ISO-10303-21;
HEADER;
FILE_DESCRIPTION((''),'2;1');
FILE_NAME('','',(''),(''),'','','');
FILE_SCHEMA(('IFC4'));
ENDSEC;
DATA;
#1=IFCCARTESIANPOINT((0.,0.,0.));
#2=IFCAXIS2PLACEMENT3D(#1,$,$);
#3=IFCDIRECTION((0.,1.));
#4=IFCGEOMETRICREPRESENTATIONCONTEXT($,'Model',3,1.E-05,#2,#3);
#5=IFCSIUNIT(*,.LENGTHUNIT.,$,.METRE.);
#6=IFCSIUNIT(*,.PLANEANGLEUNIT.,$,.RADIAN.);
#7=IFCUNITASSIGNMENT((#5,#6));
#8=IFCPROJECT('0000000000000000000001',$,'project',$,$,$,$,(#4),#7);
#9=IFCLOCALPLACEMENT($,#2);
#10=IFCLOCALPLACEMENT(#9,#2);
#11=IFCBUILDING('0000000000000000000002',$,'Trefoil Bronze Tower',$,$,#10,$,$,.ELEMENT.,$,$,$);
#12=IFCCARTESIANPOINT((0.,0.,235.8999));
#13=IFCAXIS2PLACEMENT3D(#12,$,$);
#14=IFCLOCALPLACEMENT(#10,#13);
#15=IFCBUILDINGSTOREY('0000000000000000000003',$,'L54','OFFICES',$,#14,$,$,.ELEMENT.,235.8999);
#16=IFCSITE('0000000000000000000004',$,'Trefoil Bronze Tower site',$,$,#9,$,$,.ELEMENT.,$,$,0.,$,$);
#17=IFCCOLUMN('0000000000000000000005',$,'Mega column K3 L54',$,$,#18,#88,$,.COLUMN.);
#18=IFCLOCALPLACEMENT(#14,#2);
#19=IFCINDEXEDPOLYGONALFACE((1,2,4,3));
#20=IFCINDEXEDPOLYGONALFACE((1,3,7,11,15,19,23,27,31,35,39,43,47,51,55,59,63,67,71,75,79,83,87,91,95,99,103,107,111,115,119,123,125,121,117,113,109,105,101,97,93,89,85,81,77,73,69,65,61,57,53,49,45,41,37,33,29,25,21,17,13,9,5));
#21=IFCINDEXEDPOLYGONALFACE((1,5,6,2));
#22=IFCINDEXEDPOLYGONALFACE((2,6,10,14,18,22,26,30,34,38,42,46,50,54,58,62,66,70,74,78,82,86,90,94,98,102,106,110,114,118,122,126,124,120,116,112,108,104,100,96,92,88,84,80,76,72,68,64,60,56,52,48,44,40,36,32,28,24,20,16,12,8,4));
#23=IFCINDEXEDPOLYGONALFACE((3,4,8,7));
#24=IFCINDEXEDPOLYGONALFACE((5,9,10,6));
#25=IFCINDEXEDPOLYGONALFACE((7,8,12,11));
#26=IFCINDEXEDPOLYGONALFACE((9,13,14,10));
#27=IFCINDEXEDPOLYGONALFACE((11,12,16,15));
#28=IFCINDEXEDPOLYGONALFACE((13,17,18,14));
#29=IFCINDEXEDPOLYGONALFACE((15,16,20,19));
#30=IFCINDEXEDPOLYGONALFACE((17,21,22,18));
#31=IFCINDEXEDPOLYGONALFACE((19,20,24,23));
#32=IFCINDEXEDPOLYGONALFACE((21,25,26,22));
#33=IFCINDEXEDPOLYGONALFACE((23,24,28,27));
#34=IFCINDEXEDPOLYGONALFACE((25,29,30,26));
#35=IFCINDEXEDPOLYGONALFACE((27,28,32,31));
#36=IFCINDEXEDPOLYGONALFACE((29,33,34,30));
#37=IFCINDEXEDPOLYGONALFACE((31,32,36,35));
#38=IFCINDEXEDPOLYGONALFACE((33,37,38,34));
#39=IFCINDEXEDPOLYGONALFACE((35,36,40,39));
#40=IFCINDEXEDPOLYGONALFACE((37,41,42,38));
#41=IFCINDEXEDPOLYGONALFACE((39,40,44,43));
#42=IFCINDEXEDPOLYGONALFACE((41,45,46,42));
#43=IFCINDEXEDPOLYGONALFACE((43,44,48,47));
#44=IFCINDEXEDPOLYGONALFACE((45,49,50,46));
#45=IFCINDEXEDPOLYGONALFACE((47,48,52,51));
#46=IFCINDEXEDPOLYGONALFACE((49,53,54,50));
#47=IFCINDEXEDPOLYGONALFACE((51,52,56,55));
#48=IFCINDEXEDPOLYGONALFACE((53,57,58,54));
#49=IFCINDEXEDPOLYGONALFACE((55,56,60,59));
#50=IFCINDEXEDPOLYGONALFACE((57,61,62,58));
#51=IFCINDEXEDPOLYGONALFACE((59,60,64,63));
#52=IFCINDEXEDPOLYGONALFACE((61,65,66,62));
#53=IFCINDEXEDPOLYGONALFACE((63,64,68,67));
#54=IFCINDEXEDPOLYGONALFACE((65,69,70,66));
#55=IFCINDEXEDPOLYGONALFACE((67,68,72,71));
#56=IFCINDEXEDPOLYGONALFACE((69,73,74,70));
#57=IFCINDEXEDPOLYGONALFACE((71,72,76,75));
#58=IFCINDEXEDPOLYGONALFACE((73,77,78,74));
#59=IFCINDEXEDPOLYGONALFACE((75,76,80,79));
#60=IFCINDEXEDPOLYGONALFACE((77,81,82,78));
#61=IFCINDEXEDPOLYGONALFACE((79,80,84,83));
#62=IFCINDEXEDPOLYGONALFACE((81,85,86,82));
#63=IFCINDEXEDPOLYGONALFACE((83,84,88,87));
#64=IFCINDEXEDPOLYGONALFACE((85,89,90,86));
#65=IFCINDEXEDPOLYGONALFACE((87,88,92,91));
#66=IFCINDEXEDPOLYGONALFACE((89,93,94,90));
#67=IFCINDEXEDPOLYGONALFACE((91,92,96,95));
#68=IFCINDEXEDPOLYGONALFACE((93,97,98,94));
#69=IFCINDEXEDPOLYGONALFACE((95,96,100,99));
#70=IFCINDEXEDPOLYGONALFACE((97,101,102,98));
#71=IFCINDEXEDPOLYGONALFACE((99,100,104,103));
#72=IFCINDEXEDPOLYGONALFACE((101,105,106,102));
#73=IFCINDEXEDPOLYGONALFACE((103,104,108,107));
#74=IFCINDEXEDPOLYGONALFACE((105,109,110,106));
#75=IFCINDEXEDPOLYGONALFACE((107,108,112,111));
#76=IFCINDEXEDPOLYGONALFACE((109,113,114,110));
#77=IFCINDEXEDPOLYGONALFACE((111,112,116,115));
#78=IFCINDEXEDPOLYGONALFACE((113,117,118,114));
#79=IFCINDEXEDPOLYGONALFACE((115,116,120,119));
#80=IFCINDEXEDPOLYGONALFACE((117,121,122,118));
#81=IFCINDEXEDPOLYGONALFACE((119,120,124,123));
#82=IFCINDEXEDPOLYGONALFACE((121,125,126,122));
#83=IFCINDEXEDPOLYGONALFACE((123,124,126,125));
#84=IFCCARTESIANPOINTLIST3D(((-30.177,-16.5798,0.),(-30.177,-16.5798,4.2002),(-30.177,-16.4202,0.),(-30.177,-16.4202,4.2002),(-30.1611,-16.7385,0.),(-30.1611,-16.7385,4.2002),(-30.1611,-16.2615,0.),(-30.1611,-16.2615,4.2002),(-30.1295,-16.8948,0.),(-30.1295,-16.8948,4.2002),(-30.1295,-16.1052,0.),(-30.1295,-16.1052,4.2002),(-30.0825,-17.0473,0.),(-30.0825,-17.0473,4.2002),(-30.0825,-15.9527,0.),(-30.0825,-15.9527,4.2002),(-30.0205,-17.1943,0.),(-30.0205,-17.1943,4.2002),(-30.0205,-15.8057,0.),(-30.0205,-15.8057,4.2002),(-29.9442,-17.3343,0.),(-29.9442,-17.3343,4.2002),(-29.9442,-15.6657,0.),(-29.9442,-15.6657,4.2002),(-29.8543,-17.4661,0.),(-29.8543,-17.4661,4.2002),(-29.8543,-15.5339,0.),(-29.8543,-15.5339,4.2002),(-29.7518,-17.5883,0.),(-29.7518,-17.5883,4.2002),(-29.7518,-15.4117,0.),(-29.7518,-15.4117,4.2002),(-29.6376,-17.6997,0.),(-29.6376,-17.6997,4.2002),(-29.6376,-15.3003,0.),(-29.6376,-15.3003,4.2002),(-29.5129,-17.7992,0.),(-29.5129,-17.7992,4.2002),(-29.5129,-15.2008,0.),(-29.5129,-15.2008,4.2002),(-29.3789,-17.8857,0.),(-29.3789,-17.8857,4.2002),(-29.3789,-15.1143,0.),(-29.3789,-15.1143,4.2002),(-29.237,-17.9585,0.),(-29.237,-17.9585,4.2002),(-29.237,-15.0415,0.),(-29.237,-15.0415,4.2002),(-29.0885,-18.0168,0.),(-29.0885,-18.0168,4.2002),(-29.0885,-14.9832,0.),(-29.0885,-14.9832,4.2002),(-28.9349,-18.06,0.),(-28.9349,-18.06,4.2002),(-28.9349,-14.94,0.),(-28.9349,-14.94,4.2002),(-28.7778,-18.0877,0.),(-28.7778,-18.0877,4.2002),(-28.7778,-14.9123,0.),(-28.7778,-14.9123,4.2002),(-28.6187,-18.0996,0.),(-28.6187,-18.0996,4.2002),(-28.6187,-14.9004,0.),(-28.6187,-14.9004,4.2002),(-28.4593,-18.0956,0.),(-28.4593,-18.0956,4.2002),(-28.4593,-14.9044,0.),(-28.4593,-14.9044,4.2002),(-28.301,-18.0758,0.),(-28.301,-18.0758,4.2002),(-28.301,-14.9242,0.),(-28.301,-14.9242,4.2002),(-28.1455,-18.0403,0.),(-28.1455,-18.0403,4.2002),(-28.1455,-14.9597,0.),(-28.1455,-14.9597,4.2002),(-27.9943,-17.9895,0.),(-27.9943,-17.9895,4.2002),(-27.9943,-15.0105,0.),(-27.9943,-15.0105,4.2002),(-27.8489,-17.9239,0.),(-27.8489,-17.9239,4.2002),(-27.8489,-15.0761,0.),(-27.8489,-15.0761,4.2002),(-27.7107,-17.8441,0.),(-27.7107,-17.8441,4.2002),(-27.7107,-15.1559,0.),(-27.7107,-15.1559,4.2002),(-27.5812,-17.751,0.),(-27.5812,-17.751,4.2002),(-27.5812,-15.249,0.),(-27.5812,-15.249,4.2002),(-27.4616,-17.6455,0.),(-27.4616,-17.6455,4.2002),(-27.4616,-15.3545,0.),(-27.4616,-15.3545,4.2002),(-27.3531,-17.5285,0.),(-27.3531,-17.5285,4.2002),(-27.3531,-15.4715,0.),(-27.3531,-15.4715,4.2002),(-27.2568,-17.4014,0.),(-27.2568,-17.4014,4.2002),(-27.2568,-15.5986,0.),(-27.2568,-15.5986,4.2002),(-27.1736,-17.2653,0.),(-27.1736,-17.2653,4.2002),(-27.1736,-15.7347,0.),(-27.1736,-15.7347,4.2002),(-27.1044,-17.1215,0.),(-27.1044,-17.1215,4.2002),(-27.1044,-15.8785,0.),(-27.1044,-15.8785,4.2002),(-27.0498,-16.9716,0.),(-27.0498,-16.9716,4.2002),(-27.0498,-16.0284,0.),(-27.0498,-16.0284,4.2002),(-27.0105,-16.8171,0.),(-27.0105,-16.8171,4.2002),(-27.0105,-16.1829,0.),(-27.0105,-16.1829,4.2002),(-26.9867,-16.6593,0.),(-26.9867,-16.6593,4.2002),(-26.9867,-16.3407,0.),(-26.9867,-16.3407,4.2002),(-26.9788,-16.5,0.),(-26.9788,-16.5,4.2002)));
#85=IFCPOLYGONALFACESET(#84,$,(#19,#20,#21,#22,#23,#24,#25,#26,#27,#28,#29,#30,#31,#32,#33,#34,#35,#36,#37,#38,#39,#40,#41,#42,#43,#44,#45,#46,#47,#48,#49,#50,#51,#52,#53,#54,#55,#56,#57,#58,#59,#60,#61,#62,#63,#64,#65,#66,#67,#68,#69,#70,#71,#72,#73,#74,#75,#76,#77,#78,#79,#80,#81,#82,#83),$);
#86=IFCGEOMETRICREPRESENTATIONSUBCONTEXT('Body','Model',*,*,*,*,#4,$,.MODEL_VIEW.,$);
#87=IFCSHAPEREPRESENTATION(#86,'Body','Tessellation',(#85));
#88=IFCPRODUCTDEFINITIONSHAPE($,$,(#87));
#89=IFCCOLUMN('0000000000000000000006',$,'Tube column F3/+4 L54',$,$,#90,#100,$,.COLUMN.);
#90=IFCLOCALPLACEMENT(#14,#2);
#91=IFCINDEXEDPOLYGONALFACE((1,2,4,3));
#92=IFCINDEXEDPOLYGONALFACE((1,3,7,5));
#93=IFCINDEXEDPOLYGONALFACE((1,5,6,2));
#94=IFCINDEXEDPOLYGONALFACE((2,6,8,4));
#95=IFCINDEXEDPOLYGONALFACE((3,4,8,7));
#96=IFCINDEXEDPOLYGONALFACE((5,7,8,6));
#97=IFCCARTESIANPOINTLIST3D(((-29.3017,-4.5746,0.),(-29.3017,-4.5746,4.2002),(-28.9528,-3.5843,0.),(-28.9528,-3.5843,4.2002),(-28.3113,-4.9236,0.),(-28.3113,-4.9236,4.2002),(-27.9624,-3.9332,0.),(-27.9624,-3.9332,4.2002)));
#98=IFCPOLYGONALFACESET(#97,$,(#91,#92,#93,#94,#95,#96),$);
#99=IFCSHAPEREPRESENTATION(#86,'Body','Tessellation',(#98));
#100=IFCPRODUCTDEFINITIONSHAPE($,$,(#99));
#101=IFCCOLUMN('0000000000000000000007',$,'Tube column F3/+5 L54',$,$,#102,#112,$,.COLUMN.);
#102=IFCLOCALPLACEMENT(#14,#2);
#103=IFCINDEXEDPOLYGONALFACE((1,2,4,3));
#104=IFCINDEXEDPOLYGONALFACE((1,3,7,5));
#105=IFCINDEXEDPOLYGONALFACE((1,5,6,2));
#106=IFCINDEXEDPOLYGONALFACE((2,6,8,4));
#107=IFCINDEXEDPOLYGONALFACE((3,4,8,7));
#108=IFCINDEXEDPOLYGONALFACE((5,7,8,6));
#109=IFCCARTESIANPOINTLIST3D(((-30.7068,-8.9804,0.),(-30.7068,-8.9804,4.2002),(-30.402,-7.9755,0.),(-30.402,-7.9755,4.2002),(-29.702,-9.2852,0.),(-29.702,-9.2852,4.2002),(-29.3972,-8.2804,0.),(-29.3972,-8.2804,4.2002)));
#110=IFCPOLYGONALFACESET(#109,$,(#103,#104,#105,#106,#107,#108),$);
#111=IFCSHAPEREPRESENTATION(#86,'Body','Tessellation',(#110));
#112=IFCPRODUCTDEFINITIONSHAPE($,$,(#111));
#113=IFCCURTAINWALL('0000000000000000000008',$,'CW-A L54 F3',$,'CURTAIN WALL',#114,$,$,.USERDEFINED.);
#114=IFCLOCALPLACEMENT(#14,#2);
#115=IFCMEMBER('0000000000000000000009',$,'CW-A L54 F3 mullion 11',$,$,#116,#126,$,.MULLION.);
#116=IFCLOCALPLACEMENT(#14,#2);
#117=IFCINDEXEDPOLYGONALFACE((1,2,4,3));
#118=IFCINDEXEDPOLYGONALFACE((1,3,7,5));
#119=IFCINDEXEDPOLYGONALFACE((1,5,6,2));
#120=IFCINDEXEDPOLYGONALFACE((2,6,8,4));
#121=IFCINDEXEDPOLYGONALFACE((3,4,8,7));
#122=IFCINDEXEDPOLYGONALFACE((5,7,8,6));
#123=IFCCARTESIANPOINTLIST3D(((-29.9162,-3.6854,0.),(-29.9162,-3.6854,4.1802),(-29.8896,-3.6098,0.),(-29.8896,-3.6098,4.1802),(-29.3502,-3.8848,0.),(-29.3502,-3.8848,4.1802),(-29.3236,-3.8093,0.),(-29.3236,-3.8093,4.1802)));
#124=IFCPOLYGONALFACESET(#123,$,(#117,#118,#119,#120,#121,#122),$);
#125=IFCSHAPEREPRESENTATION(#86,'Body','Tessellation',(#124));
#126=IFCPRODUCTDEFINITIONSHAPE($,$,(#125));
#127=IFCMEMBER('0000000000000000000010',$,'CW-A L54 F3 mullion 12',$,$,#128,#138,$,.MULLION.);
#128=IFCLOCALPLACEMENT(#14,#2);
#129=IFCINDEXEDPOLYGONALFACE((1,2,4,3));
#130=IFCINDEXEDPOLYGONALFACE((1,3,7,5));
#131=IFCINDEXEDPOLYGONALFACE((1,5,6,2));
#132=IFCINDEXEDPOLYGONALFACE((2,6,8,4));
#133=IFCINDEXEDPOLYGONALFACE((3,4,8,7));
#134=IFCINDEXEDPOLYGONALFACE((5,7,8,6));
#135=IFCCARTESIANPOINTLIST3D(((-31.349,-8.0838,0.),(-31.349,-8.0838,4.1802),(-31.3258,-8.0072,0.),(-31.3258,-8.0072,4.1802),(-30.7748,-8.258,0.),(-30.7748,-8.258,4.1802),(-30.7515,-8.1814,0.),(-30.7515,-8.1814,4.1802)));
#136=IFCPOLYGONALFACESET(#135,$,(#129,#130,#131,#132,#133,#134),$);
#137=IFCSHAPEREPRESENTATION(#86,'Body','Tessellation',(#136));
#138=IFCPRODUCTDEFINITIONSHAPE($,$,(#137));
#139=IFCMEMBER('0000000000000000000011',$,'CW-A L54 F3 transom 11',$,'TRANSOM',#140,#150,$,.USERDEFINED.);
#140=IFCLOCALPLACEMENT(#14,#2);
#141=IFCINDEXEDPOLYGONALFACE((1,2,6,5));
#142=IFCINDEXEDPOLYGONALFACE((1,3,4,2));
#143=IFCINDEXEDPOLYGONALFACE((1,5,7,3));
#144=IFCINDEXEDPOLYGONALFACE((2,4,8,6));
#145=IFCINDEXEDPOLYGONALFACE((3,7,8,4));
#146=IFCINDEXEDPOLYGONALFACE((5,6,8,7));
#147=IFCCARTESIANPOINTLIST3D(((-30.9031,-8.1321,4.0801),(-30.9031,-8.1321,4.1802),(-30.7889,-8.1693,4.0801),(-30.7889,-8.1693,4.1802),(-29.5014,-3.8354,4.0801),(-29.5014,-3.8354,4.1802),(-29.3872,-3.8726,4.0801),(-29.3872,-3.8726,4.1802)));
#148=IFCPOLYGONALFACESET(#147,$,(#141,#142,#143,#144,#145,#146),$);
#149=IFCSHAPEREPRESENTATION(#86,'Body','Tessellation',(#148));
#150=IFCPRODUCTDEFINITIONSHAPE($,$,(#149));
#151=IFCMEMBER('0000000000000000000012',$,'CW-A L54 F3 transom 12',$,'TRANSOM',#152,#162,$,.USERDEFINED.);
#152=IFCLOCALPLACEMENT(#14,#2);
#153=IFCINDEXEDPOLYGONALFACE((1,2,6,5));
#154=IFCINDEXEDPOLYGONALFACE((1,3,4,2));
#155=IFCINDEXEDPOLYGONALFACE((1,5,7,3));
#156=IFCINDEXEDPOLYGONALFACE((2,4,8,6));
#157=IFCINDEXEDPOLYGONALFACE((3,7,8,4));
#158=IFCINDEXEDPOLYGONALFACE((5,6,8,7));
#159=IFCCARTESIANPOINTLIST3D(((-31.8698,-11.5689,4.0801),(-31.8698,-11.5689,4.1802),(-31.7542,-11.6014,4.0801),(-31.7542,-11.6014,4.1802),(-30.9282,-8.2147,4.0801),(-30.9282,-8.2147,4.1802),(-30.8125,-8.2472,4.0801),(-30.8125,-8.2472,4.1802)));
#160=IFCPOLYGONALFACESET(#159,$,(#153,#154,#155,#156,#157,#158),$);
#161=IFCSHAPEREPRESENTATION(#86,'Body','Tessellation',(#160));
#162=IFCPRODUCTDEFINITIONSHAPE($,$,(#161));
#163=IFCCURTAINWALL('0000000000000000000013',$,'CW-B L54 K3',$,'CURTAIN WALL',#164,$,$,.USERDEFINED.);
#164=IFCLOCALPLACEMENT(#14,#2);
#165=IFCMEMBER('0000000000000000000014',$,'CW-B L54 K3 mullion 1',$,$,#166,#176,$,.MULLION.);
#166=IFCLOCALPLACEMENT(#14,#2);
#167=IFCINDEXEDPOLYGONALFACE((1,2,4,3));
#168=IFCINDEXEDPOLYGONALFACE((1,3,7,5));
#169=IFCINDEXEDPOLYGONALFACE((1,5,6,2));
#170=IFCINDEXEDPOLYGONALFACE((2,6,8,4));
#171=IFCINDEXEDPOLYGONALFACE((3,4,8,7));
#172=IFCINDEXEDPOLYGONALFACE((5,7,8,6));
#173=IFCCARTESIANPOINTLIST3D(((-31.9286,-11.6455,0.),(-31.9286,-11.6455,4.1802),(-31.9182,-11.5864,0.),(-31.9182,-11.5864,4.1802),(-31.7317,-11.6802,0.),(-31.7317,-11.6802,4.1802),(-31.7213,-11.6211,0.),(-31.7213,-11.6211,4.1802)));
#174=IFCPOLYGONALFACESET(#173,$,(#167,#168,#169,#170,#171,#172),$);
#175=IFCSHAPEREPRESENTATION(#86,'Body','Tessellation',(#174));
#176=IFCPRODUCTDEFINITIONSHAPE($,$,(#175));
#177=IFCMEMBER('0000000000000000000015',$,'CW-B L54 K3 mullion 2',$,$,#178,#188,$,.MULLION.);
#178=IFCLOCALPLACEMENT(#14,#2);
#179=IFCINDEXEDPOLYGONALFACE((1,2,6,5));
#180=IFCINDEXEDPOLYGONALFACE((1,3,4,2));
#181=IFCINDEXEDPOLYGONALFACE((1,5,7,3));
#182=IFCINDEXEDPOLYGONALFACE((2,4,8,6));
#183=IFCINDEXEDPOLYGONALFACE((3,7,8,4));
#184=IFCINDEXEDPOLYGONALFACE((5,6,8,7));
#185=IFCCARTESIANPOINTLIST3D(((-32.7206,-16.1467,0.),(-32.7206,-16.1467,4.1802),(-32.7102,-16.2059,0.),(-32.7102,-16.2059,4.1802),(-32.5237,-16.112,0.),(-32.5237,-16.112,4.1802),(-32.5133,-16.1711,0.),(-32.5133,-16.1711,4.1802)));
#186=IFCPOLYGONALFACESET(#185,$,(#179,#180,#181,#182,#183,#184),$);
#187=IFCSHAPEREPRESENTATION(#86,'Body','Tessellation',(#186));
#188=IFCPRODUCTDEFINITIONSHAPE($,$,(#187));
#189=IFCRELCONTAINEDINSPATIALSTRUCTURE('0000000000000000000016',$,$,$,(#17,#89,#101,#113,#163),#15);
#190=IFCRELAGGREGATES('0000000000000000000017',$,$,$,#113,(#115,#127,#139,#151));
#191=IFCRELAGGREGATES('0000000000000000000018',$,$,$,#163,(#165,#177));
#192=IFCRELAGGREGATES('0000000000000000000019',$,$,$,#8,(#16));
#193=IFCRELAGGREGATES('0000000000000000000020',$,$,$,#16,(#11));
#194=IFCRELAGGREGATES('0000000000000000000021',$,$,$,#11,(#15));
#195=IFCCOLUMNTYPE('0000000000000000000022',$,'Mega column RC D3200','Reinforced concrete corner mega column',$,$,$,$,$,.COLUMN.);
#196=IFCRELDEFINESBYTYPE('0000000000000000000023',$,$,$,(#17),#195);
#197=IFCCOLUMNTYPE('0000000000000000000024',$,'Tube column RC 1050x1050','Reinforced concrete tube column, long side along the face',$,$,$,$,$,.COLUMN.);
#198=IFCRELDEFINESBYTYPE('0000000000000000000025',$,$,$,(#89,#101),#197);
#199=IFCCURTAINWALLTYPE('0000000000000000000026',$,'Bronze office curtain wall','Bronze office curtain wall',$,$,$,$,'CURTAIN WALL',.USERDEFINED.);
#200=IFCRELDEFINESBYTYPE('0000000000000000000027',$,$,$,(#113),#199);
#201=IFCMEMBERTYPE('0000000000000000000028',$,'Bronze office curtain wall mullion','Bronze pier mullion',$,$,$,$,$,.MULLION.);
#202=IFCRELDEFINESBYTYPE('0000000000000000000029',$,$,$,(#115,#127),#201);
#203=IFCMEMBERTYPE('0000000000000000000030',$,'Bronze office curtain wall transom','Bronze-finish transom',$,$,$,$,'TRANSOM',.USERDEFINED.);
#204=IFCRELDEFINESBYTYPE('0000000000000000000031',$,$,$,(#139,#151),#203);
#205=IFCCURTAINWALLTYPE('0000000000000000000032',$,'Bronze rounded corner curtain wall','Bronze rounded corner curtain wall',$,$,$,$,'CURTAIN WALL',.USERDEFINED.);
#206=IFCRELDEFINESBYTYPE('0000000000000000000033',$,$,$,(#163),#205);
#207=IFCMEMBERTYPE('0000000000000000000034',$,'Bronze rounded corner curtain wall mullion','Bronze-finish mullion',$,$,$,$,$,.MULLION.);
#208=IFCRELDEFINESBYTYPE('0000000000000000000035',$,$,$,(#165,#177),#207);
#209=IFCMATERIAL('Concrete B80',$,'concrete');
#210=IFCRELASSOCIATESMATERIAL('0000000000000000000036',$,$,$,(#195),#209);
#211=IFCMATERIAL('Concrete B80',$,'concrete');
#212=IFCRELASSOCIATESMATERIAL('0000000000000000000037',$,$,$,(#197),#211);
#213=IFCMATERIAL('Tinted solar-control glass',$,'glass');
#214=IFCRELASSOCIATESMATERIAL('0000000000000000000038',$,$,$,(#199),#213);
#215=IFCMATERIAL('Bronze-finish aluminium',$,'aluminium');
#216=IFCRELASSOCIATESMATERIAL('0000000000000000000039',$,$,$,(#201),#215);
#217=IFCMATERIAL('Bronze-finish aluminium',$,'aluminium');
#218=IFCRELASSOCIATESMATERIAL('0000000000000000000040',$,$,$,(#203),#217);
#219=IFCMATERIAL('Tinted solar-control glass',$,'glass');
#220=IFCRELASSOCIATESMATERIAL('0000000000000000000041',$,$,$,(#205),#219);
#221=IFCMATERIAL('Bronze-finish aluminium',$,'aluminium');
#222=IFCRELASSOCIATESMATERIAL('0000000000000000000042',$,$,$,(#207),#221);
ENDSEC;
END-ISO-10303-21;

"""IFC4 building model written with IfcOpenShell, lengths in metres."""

from ifc_helpers import new_model, si_unit, direction, frame, origin, origin_2d, place, context, subcontext, project, spatial, rectangle, circle, extrude, material, material_profile, profile_set, type_object, element, aggregate, save


model = new_model("IFC4")

# Units and contexts
model_context = context("Model", 3, precision=1e-05, world=origin(), true_north=direction((0.0, 1.0)))
body_context = subcontext(model_context, "Body", "Model", "MODEL_VIEW")
ifc_project = project(units=[si_unit("LENGTHUNIT", "METRE"), si_unit("PLANEANGLEUNIT", "RADIAN")], contexts=[model_context])

# Site, building, storey
site_placement = place(None, origin())
site = spatial("IfcSite", under=ifc_project, at=site_placement, Name="Trefoil Bronze Tower site", CompositionType="ELEMENT", RefElevation=0.0)
building_placement = place(site_placement, origin())
building = spatial("IfcBuilding", under=site, at=building_placement, Name="Trefoil Bronze Tower", CompositionType="ELEMENT")
storey_placement = place(building_placement, frame((0.0, 0.0, 235.8999)))
storey = spatial("IfcBuildingStorey", under=building, at=storey_placement, Name="L54", Description="OFFICES", CompositionType="ELEMENT", Elevation=235.8999)

# Columns
ifc_material_1 = material(Name="Concrete B80", Category="concrete")
ifc_material_profile_1 = material_profile(ifc_material_1, circle(Radius=1.6001, at=origin_2d()), Name="RC D3200")
ifc_profile_set_1 = profile_set([ifc_material_profile_1], Name="Concrete B80")
column_type_1 = type_object("IfcColumnType", Name="Mega column RC D3200", Description="Reinforced concrete corner mega column", PredefinedType="COLUMN", material=ifc_profile_set_1)
column_placement = place(storey_placement, frame((-28.5789, -16.5, 0.0), z_axis=(0.0, 0.0, 1.0), x_axis=(1.0, 0.0, 0.0)))
element("IfcColumn", 1, at=column_placement, inside=storey, type_object=column_type_1, Name="Mega column K3 L54", PredefinedType="COLUMN", context=body_context, shape_type="SweptSolid", body=[
    extrude(circle(Radius=1.6001, at=origin_2d()), origin(), (0.0, 0.0, 1.0), 4.2002),
])
ifc_material_2 = material(Name="Concrete B80", Category="concrete")
ifc_material_profile_2 = material_profile(ifc_material_2, rectangle(XDim=1.05, YDim=1.05, at=origin_2d()), Name="RC 1050x1050")
ifc_profile_set_2 = profile_set([ifc_material_profile_2], Name="Concrete B80")
column_type_2 = type_object("IfcColumnType", Name="Tube column RC 1050x1050", Description="Reinforced concrete tube column, long side along the face", PredefinedType="COLUMN", material=ifc_profile_set_2)
for number, where, z_axis, x_axis, name in (
    (2, (-28.6321, -4.2539, 0.0), (0.0, 0.0, 1.0), (-0.332282, -0.94318, 0.0), "Tube column F3/+4 L54"),
    (3, (-30.052, -8.6304, 0.0), (0.0, 0.0, 1.0), (-0.290278, -0.956942, 0.0), "Tube column F3/+5 L54"),
):
    element("IfcColumn", number, at=place(storey_placement, frame(where, z_axis=z_axis, x_axis=x_axis)), inside=storey, type_object=column_type_2, Name=name, PredefinedType="COLUMN", context=body_context, shape_type="SweptSolid", body=[
        extrude(rectangle(XDim=1.05, YDim=1.05, at=origin_2d()), origin(), (0.0, 0.0, 1.0), 4.2002),
    ])

# Curtain walls, members
ifc_material_3 = material(Name="Tinted solar-control glass", Category="glass")
curtain_wall_type_1 = type_object("IfcCurtainWallType", Name="Bronze office curtain wall", Description="Bronze office curtain wall", ElementType="CURTAIN WALL", PredefinedType="USERDEFINED", material=ifc_material_3)
curtain_wall_1_placement = place(storey_placement, origin())
curtain_wall_1 = element("IfcCurtainWall", 4, at=curtain_wall_1_placement, inside=storey, type_object=curtain_wall_type_1, Name="CW-A L54 F3", ObjectType="CURTAIN WALL", PredefinedType="USERDEFINED")
ifc_material_4 = material(Name="Bronze-finish aluminium", Category="aluminium")
ifc_material_profile_3 = material_profile(ifc_material_4, rectangle(XDim=0.6001, YDim=0.0801, at=origin_2d()), Name="CW-A mullion")
ifc_profile_set_3 = profile_set([ifc_material_profile_3], Name="Bronze-finish aluminium")
member_type_1 = type_object("IfcMemberType", Name="Bronze office curtain wall mullion", Description="Bronze pier mullion", PredefinedType="MULLION", material=ifc_profile_set_3)
member_1_placement = place(storey_placement, frame((-29.6199, -3.7473, 0.0), z_axis=(0.0, 0.0, 1.0), x_axis=(0.94318, -0.332282, 0.0)))
member_1 = element("IfcMember", 5, at=member_1_placement, type_object=member_type_1, Name="CW-A L54 F3 mullion 11", PredefinedType="MULLION", context=body_context, shape_type="SweptSolid", body=[
    extrude(rectangle(XDim=0.6001, YDim=0.0801, at=origin_2d()), origin(), (0.0, 0.0, 1.0), 4.1802),
])
member_2_placement = place(storey_placement, frame((-31.0503, -8.1326, 0.0), z_axis=(0.0, 0.0, 1.0), x_axis=(0.956942, -0.290278, 0.0)))
member_2 = element("IfcMember", 6, at=member_2_placement, type_object=member_type_1, Name="CW-A L54 F3 mullion 12", PredefinedType="MULLION", context=body_context, shape_type="SweptSolid", body=[
    extrude(rectangle(XDim=0.6001, YDim=0.0801, at=origin_2d()), origin(), (0.0, 0.0, 1.0), 4.1802),
])
ifc_material_5 = material(Name="Bronze-finish aluminium", Category="aluminium")
ifc_material_profile_4 = material_profile(ifc_material_5, rectangle(XDim=0.1201, YDim=0.1001, at=origin_2d()), Name="CW-A transom")
ifc_profile_set_4 = profile_set([ifc_material_profile_4], Name="Bronze-finish aluminium")
member_type_2 = type_object("IfcMemberType", Name="Bronze office curtain wall transom", Description="Bronze-finish transom", ElementType="TRANSOM", PredefinedType="USERDEFINED", material=ifc_profile_set_4)
member_3_placement = place(storey_placement, frame((-29.4443, -3.854, 4.1301), z_axis=(-0.310128, -0.950695, 0.0), x_axis=(0.950695, -0.310128, 0.0)))
member_3 = element("IfcMember", 7, at=member_3_placement, type_object=member_type_2, Name="CW-A L54 F3 transom 11", ObjectType="TRANSOM", PredefinedType="USERDEFINED", context=body_context, shape_type="SweptSolid", body=[
    extrude(rectangle(XDim=0.1201, YDim=0.1001, at=origin_2d()), origin(), (0.0, 0.0, 1.0), 4.5195),
])
member_4_placement = place(storey_placement, frame((-30.8704, -8.231, 4.1301), z_axis=(-0.270285, -0.96278, 0.0), x_axis=(0.96278, -0.270285, 0.0)))
member_4 = element("IfcMember", 8, at=member_4_placement, type_object=member_type_2, Name="CW-A L54 F3 transom 12", ObjectType="TRANSOM", PredefinedType="USERDEFINED", context=body_context, shape_type="SweptSolid", body=[
    extrude(rectangle(XDim=0.1201, YDim=0.1001, at=origin_2d()), origin(), (0.0, 0.0, 1.0), 3.4839),
])
ifc_material_6 = material(Name="Tinted solar-control glass", Category="glass")
curtain_wall_type_2 = type_object("IfcCurtainWallType", Name="Bronze rounded corner curtain wall", Description="Bronze rounded corner curtain wall", ElementType="CURTAIN WALL", PredefinedType="USERDEFINED", material=ifc_material_6)
curtain_wall_2_placement = place(storey_placement, origin())
curtain_wall_2 = element("IfcCurtainWall", 9, at=curtain_wall_2_placement, inside=storey, type_object=curtain_wall_type_2, Name="CW-B L54 K3", ObjectType="CURTAIN WALL", PredefinedType="USERDEFINED")
ifc_material_7 = material(Name="Bronze-finish aluminium", Category="aluminium")
ifc_material_profile_5 = material_profile(ifc_material_7, rectangle(XDim=0.2, YDim=0.0601, at=origin_2d()), Name="CW-B mullion")
ifc_profile_set_5 = profile_set([ifc_material_profile_5], Name="Bronze-finish aluminium")
member_type_3 = type_object("IfcMemberType", Name="Bronze rounded corner curtain wall mullion", Description="Bronze-finish mullion", PredefinedType="MULLION", material=ifc_profile_set_5)
member_5_placement = place(storey_placement, frame((-31.825, -11.6333, 0.0), z_axis=(0.0, 0.0, 1.0), x_axis=(0.984808, -0.173648, 0.0)))
member_5 = element("IfcMember", 10, at=member_5_placement, type_object=member_type_3, Name="CW-B L54 K3 mullion 1", PredefinedType="MULLION", context=body_context, shape_type="SweptSolid", body=[
    extrude(rectangle(XDim=0.2, YDim=0.0601, at=origin_2d()), origin(), (0.0, 0.0, 1.0), 4.1802),
])
member_6_placement = place(storey_placement, frame((-32.6169, -16.1589, 0.0), z_axis=(0.0, 0.0, 1.0), x_axis=(0.984808, 0.173648, 0.0)))
member_6 = element("IfcMember", 11, at=member_6_placement, type_object=member_type_3, Name="CW-B L54 K3 mullion 2", PredefinedType="MULLION", context=body_context, shape_type="SweptSolid", body=[
    extrude(rectangle(XDim=0.2, YDim=0.0601, at=origin_2d()), origin(), (0.0, 0.0, 1.0), 4.1802),
])

aggregate(curtain_wall_1, [member_1, member_2, member_3, member_4])
aggregate(curtain_wall_2, [member_5, member_6])

save(model, "model.ifc")
